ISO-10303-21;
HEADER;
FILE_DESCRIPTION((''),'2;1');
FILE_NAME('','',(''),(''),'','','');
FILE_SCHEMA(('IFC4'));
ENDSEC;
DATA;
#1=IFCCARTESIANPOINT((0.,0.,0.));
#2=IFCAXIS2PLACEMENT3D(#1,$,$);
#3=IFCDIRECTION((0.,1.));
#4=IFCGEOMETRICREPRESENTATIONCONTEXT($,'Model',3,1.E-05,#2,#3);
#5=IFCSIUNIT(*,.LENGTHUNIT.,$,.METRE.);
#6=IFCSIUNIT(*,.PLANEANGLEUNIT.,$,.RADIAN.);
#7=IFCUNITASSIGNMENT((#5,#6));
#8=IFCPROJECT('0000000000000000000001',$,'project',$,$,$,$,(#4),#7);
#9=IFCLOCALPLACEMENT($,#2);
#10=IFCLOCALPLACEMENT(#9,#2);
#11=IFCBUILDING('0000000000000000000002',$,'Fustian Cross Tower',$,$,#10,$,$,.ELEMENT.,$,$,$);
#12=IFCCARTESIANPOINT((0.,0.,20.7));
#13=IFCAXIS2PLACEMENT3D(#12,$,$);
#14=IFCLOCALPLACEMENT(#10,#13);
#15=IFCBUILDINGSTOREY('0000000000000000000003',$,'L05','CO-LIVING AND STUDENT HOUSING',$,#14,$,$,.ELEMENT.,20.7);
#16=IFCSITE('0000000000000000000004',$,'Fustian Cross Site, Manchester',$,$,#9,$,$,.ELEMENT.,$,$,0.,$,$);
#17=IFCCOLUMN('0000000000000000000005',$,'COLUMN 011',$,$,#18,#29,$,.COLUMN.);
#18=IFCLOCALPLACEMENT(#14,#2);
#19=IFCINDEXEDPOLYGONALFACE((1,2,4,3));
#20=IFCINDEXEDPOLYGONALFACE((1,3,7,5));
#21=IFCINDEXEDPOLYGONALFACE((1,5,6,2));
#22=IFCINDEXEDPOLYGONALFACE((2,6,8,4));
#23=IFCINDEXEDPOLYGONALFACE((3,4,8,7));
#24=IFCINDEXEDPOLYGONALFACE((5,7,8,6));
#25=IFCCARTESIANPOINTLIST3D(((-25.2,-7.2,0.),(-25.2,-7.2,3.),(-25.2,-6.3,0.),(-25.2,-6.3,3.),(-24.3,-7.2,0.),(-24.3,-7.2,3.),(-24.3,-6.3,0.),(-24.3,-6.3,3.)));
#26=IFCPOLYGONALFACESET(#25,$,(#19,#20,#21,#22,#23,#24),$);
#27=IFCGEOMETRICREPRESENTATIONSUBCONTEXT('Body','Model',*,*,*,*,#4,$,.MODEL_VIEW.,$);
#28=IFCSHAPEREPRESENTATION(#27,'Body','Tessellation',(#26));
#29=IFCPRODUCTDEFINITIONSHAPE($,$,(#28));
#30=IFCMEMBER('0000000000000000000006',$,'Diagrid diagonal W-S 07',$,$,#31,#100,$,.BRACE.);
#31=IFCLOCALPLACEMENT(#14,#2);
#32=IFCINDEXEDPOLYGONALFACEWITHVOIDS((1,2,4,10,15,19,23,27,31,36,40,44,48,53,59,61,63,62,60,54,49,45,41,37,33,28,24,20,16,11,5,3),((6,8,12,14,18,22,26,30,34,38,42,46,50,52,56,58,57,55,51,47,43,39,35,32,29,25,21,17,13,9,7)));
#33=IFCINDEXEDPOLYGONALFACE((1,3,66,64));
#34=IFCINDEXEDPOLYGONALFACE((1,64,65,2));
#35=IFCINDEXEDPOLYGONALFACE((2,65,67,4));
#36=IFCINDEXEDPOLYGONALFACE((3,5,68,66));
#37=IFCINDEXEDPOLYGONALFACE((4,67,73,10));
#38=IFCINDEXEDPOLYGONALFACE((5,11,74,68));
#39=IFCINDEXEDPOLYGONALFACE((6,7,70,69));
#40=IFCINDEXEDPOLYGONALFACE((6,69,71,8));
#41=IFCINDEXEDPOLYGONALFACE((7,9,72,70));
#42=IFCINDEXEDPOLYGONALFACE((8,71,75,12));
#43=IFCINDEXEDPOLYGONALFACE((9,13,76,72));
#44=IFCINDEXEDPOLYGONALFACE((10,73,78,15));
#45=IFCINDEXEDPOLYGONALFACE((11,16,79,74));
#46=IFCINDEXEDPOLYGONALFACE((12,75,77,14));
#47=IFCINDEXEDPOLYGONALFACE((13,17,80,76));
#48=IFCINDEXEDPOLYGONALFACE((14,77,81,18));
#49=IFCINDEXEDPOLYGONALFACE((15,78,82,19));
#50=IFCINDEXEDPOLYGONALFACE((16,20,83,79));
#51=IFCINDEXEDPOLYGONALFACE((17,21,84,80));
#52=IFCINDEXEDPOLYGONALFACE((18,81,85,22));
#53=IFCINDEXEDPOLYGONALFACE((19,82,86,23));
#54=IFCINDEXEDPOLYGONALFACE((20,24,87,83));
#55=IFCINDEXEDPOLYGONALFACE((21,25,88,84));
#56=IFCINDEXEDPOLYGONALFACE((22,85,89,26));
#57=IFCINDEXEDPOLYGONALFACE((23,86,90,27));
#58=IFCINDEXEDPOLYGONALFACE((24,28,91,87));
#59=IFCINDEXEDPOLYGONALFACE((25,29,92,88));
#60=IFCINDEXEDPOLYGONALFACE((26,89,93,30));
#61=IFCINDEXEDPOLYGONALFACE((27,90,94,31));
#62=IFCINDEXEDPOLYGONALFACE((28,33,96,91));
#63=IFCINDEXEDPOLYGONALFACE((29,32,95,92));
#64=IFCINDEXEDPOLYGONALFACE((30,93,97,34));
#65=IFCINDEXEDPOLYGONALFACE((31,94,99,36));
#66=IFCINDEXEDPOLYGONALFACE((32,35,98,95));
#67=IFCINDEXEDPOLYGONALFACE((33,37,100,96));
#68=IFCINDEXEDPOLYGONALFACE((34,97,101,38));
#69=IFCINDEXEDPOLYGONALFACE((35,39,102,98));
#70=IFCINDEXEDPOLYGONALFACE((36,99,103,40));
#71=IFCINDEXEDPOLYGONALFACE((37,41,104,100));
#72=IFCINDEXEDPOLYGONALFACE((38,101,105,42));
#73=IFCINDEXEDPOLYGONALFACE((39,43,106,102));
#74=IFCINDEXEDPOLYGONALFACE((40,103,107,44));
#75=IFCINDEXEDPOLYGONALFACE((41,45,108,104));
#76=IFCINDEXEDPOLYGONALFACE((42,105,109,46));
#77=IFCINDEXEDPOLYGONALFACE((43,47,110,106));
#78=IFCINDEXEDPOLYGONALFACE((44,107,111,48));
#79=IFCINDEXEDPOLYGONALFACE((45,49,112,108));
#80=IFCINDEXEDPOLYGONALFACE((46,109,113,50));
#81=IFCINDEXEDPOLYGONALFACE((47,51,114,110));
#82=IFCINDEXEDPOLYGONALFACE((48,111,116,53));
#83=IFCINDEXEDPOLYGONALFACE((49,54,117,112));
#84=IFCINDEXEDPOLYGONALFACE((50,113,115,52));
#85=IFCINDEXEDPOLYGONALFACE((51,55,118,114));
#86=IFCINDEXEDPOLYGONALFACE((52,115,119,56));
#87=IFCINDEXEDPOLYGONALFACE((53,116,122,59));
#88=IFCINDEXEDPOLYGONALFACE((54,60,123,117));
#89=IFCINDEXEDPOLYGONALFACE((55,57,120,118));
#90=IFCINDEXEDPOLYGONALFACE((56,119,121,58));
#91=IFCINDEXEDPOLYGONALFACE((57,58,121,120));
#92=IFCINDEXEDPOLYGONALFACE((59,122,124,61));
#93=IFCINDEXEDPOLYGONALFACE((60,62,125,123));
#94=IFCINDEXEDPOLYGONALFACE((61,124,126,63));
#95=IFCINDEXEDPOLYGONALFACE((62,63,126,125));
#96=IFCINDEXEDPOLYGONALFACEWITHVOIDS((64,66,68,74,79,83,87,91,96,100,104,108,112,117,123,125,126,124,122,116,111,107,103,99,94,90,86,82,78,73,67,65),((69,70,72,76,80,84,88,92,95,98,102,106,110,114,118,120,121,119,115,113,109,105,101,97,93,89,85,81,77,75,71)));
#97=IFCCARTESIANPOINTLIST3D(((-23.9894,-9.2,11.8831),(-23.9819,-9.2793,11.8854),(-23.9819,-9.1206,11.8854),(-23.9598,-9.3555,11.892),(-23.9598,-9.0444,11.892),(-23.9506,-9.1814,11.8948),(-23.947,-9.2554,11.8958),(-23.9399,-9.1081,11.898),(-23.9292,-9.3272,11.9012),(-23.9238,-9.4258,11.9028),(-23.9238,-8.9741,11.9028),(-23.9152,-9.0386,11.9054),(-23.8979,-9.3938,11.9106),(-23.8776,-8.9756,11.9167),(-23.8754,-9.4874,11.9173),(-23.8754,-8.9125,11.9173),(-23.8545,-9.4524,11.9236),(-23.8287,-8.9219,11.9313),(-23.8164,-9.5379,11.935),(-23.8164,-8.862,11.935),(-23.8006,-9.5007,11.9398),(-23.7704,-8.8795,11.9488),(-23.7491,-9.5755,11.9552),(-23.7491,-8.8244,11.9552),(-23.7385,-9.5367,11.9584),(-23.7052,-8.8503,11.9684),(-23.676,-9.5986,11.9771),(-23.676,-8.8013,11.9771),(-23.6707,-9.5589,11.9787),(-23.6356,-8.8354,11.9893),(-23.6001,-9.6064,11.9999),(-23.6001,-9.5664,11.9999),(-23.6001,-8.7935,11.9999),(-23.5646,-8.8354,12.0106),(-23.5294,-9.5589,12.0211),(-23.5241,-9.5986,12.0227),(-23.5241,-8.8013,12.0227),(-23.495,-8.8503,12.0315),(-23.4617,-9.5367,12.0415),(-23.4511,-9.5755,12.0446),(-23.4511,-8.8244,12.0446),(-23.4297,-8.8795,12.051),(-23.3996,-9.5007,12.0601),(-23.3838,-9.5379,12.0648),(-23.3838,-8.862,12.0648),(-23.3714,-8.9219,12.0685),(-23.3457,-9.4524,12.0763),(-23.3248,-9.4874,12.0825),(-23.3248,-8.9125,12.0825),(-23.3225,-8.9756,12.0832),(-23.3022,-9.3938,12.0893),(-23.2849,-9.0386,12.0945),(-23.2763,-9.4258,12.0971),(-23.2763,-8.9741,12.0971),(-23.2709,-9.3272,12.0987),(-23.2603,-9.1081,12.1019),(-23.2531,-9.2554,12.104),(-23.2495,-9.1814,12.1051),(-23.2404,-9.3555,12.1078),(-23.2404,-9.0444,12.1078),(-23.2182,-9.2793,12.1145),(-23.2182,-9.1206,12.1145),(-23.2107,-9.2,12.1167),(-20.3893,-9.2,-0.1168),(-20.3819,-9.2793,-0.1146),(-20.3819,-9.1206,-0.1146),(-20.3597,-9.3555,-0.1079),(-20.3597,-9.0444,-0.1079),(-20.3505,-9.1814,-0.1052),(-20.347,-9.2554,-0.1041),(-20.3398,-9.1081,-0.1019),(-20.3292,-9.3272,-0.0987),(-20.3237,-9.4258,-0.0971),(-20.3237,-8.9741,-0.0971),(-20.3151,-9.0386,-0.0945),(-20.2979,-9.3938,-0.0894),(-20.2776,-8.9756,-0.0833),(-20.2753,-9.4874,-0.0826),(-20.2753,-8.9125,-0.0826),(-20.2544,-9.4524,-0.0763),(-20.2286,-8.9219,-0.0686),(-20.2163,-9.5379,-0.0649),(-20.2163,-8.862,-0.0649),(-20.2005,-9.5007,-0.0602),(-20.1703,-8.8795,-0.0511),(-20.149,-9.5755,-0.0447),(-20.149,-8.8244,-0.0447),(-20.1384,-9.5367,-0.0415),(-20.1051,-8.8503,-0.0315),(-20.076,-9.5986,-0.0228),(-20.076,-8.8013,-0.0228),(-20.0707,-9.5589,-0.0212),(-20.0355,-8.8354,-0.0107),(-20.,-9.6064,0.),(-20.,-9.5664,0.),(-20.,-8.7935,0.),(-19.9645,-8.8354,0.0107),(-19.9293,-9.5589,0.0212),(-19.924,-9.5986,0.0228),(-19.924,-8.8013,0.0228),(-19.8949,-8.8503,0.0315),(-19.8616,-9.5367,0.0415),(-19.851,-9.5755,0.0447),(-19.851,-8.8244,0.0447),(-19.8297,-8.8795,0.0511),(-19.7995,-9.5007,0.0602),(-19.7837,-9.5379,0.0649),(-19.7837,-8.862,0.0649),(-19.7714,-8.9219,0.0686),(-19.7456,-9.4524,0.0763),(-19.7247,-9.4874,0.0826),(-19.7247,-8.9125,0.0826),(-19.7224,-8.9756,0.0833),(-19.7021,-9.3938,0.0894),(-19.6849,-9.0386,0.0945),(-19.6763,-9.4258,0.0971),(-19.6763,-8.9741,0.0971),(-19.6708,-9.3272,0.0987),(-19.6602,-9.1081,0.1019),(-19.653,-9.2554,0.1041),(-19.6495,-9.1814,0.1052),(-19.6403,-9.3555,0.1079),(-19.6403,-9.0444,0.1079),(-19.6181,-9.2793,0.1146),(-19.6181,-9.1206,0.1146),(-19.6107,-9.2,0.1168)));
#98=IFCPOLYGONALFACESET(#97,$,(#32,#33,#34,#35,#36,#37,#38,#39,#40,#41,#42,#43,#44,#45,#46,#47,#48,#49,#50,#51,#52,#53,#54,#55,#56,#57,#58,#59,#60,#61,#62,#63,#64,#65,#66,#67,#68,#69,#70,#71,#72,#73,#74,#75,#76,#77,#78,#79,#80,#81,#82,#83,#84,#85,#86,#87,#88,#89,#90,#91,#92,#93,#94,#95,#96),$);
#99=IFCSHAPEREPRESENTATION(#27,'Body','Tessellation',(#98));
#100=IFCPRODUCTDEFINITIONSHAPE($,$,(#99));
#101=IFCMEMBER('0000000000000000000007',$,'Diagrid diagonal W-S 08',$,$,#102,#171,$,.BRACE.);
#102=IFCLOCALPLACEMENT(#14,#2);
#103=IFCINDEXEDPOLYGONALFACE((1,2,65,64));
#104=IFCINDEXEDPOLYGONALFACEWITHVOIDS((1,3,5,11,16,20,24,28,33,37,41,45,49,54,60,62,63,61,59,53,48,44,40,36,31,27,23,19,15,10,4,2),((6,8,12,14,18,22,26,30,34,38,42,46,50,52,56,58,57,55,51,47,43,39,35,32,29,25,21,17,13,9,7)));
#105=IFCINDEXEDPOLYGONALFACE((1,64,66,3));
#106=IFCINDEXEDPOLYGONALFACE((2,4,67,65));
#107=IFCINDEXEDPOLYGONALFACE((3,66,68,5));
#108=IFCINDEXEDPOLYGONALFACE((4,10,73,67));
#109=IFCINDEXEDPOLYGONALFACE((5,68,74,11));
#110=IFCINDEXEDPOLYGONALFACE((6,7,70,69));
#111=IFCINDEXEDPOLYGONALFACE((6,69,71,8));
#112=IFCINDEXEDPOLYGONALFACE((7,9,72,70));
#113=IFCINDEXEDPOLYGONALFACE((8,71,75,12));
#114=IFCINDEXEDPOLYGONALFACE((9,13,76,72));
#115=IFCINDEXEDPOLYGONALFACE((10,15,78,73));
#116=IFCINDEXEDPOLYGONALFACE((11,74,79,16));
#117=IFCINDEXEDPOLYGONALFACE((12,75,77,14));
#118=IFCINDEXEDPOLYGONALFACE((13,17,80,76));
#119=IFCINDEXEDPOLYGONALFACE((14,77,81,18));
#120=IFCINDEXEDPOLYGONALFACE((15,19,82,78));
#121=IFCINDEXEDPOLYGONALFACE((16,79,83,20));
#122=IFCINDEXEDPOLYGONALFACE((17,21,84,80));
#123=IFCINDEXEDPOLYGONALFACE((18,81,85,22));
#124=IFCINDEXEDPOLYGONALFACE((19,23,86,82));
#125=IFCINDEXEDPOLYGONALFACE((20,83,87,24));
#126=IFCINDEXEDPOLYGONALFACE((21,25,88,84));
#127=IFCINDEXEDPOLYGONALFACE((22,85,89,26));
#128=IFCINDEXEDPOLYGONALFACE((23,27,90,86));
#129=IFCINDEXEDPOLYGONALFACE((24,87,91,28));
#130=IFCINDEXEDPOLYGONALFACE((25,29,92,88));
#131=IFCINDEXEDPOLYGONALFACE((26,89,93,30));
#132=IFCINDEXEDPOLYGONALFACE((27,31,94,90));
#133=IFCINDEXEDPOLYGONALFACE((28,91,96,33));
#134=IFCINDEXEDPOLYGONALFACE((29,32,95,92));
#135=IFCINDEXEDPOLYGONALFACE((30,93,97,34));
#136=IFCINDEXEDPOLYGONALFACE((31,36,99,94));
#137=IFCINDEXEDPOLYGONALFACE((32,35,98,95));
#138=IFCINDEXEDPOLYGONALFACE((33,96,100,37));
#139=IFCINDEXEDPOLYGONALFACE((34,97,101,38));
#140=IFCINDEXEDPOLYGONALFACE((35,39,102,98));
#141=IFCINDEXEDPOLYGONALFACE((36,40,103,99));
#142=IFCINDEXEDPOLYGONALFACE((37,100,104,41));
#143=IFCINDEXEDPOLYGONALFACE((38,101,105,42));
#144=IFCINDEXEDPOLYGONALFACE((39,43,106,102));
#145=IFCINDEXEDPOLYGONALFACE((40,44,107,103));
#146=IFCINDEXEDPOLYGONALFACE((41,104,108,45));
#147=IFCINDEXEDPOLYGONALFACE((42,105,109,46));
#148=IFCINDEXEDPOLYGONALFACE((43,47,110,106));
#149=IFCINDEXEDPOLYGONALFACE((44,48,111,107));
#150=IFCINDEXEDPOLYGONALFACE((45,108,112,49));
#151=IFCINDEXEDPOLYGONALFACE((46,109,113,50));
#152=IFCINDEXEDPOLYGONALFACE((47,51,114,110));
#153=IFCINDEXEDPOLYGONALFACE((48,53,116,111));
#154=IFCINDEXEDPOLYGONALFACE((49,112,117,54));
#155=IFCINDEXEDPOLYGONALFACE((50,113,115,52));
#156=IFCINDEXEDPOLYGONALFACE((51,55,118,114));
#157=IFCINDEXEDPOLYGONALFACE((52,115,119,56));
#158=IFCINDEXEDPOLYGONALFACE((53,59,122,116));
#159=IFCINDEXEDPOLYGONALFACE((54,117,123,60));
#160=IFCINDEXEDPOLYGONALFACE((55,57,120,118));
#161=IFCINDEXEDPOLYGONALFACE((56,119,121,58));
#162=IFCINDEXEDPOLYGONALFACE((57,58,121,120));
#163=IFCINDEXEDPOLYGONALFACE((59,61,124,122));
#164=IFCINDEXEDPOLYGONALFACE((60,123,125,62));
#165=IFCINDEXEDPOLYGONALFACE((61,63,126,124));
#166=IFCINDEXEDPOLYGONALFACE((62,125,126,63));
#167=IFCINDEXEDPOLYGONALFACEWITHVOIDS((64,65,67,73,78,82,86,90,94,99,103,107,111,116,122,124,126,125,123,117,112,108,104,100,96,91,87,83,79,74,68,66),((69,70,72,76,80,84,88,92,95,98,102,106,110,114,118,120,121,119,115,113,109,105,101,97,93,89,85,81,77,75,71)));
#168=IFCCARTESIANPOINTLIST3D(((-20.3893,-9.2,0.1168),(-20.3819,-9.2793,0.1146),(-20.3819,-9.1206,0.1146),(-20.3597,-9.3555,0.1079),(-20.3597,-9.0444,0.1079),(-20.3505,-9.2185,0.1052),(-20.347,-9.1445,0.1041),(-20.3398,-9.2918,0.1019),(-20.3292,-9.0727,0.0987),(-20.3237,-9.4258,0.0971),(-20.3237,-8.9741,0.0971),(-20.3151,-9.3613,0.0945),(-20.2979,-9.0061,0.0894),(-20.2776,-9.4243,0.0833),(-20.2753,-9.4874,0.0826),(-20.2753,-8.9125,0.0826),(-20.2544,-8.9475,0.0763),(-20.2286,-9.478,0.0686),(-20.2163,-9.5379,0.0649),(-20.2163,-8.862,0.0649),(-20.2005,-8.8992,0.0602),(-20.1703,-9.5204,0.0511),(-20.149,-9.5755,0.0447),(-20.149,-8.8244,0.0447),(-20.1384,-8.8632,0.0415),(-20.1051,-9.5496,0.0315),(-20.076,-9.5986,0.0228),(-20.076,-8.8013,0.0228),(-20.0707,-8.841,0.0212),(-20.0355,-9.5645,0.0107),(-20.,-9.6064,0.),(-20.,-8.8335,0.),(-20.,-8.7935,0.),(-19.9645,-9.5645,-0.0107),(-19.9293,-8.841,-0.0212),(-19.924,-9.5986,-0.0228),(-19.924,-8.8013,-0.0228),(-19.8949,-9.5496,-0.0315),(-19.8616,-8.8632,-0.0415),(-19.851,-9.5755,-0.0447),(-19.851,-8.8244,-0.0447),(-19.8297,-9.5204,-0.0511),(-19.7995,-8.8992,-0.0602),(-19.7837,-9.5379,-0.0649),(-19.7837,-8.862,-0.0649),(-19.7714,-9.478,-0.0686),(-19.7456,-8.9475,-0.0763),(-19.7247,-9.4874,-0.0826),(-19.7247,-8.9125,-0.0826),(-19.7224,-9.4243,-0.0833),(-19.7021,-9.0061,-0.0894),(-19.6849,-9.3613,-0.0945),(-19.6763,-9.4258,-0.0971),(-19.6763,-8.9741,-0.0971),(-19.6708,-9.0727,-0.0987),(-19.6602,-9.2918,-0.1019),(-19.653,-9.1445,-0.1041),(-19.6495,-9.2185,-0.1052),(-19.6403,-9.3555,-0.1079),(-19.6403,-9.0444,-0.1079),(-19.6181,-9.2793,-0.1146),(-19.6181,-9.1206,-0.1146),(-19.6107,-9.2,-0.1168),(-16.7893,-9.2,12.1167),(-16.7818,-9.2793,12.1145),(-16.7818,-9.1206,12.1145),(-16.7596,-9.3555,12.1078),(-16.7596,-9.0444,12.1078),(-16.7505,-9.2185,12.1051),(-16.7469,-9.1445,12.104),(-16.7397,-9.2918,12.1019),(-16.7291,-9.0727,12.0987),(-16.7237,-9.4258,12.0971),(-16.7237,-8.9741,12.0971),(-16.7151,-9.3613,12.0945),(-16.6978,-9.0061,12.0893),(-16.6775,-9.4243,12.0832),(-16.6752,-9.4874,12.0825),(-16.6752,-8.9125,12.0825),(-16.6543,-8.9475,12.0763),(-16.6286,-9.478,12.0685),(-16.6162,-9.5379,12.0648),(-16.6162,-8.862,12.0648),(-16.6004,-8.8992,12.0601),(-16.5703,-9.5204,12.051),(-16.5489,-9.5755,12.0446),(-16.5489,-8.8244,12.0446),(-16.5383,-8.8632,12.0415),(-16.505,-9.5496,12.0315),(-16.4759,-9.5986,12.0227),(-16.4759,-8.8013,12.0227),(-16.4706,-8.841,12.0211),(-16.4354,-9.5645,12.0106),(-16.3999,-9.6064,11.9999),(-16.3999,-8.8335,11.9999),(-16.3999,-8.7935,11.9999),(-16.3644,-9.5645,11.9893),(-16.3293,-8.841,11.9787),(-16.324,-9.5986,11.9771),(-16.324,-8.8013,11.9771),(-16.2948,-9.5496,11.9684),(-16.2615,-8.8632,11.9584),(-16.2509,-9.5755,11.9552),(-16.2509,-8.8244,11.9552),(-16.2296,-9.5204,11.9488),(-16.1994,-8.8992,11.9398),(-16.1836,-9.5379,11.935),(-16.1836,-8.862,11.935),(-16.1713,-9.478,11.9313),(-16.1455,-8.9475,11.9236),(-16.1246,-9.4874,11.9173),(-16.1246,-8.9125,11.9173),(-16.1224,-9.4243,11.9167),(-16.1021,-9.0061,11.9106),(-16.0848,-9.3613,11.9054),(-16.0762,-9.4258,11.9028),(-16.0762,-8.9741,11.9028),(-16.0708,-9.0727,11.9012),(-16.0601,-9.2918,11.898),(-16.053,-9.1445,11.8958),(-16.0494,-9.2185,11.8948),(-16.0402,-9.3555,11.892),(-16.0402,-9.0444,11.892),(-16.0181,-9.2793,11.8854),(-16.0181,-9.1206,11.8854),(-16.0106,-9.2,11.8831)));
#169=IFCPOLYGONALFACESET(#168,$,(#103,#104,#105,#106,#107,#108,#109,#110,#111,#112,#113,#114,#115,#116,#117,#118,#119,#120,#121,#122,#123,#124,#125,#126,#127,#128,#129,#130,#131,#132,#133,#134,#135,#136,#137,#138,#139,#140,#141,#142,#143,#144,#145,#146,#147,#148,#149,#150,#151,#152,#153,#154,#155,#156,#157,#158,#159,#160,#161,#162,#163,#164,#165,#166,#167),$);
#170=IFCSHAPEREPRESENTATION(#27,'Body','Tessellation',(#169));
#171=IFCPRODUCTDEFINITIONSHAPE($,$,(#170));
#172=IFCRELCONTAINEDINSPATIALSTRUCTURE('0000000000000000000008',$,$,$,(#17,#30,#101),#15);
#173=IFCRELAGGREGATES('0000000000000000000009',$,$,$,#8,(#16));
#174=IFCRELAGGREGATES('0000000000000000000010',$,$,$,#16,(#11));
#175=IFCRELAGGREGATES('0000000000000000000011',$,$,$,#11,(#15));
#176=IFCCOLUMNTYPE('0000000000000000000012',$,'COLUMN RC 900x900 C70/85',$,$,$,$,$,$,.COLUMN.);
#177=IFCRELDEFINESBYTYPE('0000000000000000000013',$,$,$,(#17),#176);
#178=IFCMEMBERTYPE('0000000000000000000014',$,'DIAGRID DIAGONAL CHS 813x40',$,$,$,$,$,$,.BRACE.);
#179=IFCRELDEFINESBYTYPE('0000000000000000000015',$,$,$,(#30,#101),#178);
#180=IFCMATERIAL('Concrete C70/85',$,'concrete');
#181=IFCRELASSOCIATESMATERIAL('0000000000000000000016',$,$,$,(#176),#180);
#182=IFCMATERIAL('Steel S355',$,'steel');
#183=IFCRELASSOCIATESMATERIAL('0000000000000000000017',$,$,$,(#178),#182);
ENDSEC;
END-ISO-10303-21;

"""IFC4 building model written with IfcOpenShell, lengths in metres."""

from ifc_helpers import new_model, si_unit, direction, frame, origin, origin_2d, place, context, subcontext, project, spatial, rectangle, hollow_circle, extrude, material, material_profile, profile_set, type_object, element, save


model = new_model("IFC4")

# Units and contexts
model_context = context("Model", 3, precision=1e-05, world=origin(), true_north=direction((0.0, 1.0)))
body_context = subcontext(model_context, "Body", "Model", "MODEL_VIEW")
ifc_project = project(units=[si_unit("LENGTHUNIT", "METRE"), si_unit("PLANEANGLEUNIT", "RADIAN")], contexts=[model_context])

# Site, building, storey
site_placement = place(None, origin())
site = spatial("IfcSite", under=ifc_project, at=site_placement, Name="Fustian Cross Site, Manchester", CompositionType="ELEMENT", RefElevation=0.0)
building_placement = place(site_placement, origin())
building = spatial("IfcBuilding", under=site, at=building_placement, Name="Fustian Cross Tower", CompositionType="ELEMENT")
storey_placement = place(building_placement, frame((0.0, 0.0, 20.7)))
storey = spatial("IfcBuildingStorey", under=building, at=storey_placement, Name="L05", Description="CO-LIVING AND STUDENT HOUSING", CompositionType="ELEMENT", Elevation=20.7)

# Column
ifc_material_1 = material(Name="Concrete C70/85", Category="concrete")
ifc_material_profile_1 = material_profile(ifc_material_1, rectangle(XDim=0.8999, YDim=0.8999, at=origin_2d()), Name="RC 900x900")
ifc_profile_set_1 = profile_set([ifc_material_profile_1], Name="Concrete C70/85")
column_type = type_object("IfcColumnType", Name="COLUMN RC 900x900 C70/85", PredefinedType="COLUMN", material=ifc_profile_set_1)
column_placement = place(storey_placement, frame((-24.75, -6.75, 0.0), z_axis=(0.0, 0.0, 1.0), x_axis=(1.0, 0.0, 0.0)))
element("IfcColumn", 1, at=column_placement, inside=storey, type_object=column_type, Name="COLUMN 011", PredefinedType="COLUMN", context=body_context, shape_type="SweptSolid", body=[
    extrude(rectangle(XDim=0.8999, YDim=0.8999, at=origin_2d()), origin(), (0.0, 0.0, 1.0), 3.0),
])

# Members
ifc_material_2 = material(Name="Steel S355", Category="steel")
ifc_material_profile_2 = material_profile(ifc_material_2, hollow_circle(Radius=0.4065, WallThickness=0.04, at=origin_2d()), Name="CHS 813x40")
ifc_profile_set_2 = profile_set([ifc_material_profile_2], Name="Steel S355")
member_type_1 = type_object("IfcMemberType", Name="DIAGRID DIAGONAL CHS 813x40", PredefinedType="BRACE", material=ifc_profile_set_2)
for number, where, z_axis, x_axis, name in (
    (2, (-20.0, -9.2, 0.0), (-0.287355, 0.0, 0.957824), (0.0, -1.0, 0.0), "Diagrid diagonal W-S 07"),
    (3, (-20.0, -9.2, 0.0), (0.287355, 0.0, 0.957824), (0.0, 1.0, 0.0), "Diagrid diagonal W-S 08"),
):
    element("IfcMember", number, at=place(storey_placement, frame(where, z_axis=z_axis, x_axis=x_axis)), inside=storey, type_object=member_type_1, Name=name, PredefinedType="BRACE", context=body_context, shape_type="SweptSolid", body=[
        extrude(hollow_circle(Radius=0.4065, WallThickness=0.04, at=origin_2d()), origin(), (0.0, 0.0, 1.0), 12.5283),
    ])

save(model, "model.ifc")
